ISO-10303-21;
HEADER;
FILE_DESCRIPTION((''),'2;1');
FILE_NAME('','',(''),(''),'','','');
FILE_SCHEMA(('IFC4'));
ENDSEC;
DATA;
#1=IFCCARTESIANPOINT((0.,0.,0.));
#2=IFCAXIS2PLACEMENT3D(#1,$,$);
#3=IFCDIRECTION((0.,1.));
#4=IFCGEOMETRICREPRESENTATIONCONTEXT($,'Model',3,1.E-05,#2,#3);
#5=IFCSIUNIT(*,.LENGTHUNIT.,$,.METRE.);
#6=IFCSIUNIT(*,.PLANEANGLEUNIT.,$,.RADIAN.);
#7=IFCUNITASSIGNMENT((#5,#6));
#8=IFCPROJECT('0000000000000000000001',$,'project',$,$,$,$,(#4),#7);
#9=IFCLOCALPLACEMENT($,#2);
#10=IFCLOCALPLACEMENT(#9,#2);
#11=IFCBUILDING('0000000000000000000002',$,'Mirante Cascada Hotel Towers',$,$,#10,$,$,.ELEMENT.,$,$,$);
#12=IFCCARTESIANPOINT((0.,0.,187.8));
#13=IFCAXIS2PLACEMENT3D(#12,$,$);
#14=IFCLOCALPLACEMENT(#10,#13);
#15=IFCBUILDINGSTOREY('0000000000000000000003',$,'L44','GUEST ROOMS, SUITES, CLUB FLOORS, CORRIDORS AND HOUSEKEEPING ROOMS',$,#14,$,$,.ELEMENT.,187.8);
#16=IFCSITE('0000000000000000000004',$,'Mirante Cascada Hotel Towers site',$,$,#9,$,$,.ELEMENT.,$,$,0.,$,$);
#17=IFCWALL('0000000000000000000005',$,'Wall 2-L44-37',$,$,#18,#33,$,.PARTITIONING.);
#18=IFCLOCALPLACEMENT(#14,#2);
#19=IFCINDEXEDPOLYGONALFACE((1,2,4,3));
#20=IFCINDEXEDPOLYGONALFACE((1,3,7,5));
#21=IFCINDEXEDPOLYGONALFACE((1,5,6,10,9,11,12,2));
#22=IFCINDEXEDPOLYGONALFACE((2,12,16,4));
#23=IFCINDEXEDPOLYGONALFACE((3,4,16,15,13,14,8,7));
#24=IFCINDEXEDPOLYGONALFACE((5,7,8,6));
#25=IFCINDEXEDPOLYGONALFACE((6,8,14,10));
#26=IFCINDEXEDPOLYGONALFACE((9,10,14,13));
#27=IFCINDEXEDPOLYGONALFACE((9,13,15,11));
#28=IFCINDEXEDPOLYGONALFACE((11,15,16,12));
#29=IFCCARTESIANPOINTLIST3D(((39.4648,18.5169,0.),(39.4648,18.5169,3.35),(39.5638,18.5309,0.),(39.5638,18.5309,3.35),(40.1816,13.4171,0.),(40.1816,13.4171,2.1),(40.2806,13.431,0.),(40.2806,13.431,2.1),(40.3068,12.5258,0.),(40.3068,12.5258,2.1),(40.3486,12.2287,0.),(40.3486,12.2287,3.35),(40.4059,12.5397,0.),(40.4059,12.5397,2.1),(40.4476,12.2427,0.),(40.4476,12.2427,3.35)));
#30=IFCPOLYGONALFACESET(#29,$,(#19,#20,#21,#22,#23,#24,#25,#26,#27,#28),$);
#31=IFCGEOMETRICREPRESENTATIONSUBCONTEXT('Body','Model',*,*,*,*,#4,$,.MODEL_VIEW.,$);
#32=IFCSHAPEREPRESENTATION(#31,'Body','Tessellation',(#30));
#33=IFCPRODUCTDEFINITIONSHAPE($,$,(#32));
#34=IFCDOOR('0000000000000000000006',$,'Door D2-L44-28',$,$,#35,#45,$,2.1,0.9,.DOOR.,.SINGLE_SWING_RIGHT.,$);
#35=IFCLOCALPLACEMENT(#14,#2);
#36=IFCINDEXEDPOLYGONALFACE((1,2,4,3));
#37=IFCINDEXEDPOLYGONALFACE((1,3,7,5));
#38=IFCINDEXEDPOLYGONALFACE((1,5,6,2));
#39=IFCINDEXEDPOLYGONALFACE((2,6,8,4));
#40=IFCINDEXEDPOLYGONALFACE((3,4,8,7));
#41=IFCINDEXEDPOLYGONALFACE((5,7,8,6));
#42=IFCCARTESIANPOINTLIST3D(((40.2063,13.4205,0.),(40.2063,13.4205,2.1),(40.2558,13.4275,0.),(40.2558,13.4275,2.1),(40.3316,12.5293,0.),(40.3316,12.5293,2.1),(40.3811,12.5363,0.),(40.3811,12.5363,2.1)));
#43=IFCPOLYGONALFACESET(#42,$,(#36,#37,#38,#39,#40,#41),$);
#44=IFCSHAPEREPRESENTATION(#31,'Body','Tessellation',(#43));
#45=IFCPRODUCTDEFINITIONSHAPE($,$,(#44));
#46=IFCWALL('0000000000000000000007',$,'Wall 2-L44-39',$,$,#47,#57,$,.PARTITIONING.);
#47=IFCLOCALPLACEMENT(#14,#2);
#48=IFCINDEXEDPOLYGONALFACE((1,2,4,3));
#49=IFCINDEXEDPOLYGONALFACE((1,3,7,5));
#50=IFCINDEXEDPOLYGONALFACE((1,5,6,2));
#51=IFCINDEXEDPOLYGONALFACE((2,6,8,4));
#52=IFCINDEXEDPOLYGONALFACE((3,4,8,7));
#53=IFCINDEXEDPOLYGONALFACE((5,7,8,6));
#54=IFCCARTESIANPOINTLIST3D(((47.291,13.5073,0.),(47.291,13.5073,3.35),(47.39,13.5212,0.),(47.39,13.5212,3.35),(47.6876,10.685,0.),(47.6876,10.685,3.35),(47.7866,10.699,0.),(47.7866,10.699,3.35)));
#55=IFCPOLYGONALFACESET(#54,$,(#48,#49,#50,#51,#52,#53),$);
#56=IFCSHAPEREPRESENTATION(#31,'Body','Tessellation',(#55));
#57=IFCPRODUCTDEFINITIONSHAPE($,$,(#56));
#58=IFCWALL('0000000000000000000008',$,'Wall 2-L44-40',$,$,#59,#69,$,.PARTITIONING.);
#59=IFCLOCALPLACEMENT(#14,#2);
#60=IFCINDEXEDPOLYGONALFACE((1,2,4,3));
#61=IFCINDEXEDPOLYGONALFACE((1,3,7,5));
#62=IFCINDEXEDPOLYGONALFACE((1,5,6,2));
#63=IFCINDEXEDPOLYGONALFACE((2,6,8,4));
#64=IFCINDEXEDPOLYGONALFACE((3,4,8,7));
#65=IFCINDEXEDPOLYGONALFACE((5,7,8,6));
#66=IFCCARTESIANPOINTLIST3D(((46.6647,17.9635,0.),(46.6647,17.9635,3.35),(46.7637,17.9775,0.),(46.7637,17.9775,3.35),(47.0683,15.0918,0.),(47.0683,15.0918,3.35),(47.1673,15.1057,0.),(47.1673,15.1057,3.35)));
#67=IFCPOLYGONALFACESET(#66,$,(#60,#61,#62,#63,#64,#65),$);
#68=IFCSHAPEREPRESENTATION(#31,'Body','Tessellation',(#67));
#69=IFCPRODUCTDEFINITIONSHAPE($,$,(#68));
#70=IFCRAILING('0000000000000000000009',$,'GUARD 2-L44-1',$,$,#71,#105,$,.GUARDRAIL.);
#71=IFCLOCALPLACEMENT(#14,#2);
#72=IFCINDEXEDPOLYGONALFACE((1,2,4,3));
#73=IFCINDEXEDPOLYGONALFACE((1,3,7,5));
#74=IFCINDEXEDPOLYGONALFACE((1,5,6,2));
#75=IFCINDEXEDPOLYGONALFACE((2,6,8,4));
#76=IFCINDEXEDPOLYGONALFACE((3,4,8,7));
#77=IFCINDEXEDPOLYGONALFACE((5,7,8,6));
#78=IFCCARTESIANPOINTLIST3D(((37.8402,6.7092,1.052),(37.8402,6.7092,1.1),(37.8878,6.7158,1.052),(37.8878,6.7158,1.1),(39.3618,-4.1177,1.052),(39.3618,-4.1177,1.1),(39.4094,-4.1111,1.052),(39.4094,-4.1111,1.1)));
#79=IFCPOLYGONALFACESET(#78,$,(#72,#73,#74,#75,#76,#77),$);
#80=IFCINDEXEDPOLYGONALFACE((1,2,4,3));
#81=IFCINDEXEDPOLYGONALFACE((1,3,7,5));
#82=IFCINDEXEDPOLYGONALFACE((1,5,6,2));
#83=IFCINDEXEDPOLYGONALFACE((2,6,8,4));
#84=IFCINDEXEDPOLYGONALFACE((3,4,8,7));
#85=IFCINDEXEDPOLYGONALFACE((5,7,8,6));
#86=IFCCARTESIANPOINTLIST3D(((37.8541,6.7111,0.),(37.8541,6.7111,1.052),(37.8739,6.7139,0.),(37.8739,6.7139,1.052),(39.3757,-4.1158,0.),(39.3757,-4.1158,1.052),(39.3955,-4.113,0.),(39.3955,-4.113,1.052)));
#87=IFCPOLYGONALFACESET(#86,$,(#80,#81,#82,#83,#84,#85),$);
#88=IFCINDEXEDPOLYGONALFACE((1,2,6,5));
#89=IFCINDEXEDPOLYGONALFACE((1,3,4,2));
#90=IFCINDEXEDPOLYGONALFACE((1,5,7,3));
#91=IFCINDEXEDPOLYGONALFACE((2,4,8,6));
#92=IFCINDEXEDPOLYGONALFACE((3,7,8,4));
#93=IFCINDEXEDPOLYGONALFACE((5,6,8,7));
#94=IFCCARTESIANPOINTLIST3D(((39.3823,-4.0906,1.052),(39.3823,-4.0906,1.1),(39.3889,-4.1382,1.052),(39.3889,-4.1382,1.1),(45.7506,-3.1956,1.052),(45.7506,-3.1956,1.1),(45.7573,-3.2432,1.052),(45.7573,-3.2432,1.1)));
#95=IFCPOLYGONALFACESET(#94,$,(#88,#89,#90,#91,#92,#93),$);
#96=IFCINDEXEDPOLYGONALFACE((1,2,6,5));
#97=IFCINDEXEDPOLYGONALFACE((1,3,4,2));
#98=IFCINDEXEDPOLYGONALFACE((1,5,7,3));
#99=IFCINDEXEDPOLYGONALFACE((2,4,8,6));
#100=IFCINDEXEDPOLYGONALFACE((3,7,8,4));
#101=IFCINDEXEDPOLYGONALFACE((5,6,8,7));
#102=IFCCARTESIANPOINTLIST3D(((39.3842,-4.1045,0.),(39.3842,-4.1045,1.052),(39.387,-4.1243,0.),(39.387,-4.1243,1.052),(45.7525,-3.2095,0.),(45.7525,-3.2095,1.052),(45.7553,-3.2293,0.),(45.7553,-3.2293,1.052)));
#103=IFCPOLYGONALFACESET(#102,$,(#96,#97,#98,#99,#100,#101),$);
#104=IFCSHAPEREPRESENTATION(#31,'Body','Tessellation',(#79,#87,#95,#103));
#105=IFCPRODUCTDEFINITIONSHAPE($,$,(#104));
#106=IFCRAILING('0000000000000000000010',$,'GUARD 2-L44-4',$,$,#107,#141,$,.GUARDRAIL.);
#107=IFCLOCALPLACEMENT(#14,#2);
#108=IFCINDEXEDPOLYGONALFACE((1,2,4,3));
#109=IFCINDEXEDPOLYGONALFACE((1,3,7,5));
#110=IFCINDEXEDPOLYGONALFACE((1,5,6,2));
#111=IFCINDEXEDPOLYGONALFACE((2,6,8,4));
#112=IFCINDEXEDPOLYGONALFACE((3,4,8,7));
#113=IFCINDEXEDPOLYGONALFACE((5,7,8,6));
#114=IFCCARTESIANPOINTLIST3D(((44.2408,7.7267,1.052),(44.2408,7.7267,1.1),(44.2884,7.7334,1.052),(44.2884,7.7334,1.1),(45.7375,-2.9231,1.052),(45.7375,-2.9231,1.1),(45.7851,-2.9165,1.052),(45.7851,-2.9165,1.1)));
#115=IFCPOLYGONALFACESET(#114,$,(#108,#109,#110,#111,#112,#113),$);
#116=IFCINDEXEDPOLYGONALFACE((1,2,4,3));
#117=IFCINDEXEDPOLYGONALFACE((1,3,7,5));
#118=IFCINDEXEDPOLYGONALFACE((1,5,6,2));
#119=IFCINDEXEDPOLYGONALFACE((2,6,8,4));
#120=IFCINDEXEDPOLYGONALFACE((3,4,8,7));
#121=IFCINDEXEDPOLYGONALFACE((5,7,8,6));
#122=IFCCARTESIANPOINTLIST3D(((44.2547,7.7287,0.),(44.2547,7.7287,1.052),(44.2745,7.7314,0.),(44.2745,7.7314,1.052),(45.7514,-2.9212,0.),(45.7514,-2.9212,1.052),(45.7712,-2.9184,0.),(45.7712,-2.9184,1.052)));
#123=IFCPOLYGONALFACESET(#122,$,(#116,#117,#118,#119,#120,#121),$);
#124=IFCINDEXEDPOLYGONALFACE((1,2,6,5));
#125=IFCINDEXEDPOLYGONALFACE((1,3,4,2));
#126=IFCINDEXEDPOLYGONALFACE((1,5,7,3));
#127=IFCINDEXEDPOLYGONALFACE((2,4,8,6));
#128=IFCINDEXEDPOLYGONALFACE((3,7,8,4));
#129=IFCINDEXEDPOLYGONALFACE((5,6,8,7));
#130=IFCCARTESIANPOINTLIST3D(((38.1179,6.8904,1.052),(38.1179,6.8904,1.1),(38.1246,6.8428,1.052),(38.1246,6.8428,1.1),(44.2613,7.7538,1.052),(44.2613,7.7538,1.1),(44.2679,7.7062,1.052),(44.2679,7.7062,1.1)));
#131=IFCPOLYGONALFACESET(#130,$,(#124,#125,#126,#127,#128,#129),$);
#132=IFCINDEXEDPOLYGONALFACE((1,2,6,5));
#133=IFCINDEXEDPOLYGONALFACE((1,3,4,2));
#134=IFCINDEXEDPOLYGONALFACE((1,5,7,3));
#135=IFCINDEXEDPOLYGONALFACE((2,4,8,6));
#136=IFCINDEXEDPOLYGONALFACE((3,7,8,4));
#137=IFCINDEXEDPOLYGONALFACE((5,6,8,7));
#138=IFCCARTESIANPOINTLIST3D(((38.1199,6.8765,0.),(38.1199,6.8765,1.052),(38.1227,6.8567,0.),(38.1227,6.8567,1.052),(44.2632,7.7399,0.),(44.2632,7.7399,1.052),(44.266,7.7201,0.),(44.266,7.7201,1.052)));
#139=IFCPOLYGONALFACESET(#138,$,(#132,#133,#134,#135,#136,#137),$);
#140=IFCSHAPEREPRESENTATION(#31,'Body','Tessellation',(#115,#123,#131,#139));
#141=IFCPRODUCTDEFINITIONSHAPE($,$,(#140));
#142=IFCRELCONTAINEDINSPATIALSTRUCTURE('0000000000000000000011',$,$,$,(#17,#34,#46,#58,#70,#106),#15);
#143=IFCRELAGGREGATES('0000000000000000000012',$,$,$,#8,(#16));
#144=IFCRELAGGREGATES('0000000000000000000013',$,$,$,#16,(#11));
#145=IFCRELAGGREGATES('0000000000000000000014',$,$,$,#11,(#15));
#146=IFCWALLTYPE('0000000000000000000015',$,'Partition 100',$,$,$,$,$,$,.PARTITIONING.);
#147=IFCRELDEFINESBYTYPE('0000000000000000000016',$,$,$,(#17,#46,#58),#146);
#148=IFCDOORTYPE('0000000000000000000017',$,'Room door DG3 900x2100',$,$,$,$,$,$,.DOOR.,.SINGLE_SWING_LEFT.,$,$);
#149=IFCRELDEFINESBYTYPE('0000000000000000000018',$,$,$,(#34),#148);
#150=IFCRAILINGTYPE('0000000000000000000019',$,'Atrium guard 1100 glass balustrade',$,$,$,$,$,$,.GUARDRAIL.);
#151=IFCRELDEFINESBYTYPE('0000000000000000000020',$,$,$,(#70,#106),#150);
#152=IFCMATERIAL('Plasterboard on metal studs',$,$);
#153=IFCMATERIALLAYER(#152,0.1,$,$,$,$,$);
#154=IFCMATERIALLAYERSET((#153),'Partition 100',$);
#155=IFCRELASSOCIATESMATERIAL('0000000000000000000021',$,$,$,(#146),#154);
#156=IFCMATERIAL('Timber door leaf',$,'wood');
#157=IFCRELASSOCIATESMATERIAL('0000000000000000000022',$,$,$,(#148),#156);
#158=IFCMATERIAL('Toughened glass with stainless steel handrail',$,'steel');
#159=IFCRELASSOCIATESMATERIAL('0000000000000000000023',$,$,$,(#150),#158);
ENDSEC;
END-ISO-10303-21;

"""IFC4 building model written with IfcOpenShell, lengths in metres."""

from ifc_helpers import new_model, si_unit, direction, frame, frame_2d, origin, origin_2d, place, context, subcontext, project, spatial, rectangle, extrude, material, layer, layer_set, type_object, element, fill, save


model = new_model("IFC4")

# Units and contexts
model_context = context("Model", 3, precision=1e-05, world=origin(), true_north=direction((0.0, 1.0)))
body_context = subcontext(model_context, "Body", "Model", "MODEL_VIEW")
ifc_project = project(units=[si_unit("LENGTHUNIT", "METRE"), si_unit("PLANEANGLEUNIT", "RADIAN")], contexts=[model_context])

# Site, building, storey
site_placement = place(None, origin())
site = spatial("IfcSite", under=ifc_project, at=site_placement, Name="Mirante Cascada Hotel Towers site", CompositionType="ELEMENT", RefElevation=0.0)
building_placement = place(site_placement, origin())
building = spatial("IfcBuilding", under=site, at=building_placement, Name="Mirante Cascada Hotel Towers", CompositionType="ELEMENT")
storey_placement = place(building_placement, frame((0.0, 0.0, 187.8)))
storey = spatial("IfcBuildingStorey", under=building, at=storey_placement, Name="L44", Description="GUEST ROOMS, SUITES, CLUB FLOORS, CORRIDORS AND HOUSEKEEPING ROOMS", CompositionType="ELEMENT", Elevation=187.8)

# Shared definitions
ifc_material_1 = material(Name="Plasterboard on metal studs")
ifc_layer_1 = layer(ifc_material_1, 0.1)
ifc_layer_set_1 = layer_set([ifc_layer_1], Name="Partition 100")
wall_type_1 = type_object("IfcWallType", Name="Partition 100", PredefinedType="PARTITIONING", material=ifc_layer_set_1)

# Shared definitions
ifc_material_2 = material(Name="Timber door leaf", Category="wood")
door_type_1 = type_object("IfcDoorType", Name="Room door DG3 900x2100", OperationType="SINGLE_SWING_LEFT", PredefinedType="DOOR", material=ifc_material_2)

# Wall, opening, door
wall_1_placement = place(storey_placement, frame((40.3981, 12.2357, 0.0), z_axis=(0.0, 0.0, 1.0), x_axis=(-0.139181, 0.990267, 0.0)))
wall_1 = element("IfcWall", 1, at=wall_1_placement, inside=storey, type_object=wall_type_1, Name="Wall 2-L44-37", PredefinedType="PARTITIONING", context=body_context, shape_type="SweptSolid", body=[
    extrude(rectangle(XDim=6.35, YDim=0.1, at=frame_2d((3.175, 0.0))), origin(), (0.0, 0.0, 1.0), 3.35),
])
opening_1_placement = place(wall_1_placement, frame((0.3, 0.0, 0.0)))
opening_1 = element("IfcOpeningElement", 2, at=opening_1_placement, cuts=wall_1, PredefinedType="OPENING", context=body_context, shape_type="SweptSolid", body=[
    extrude(rectangle(XDim=0.9, YDim=2.1, at=frame_2d((0.45, 1.05))), frame((0.0, 0.05, 0.0), z_axis=(0.0, -1.0, 0.0), x_axis=(1.0, 0.0, 0.0)), (0.0, 0.0, 1.0), 0.1),
])
door_1_placement = place(opening_1_placement, frame((0.9, 0.0, 0.0), z_axis=(0.0, 0.0, 1.0), x_axis=(-1.0, 0.0, 0.0)))
door_1 = element("IfcDoor", 3, at=door_1_placement, inside=storey, type_object=door_type_1, Name="Door D2-L44-28", OperationType="SINGLE_SWING_RIGHT", OverallHeight=2.1, OverallWidth=0.9, PredefinedType="DOOR", context=body_context, shape_type="SweptSolid", body=[
    extrude(rectangle(XDim=0.9, YDim=2.1, at=frame_2d((0.45, 1.05))), frame((0.0, 0.025, 0.0), z_axis=(0.0, -1.0, 0.0), x_axis=(1.0, 0.0, 0.0)), (0.0, 0.0, 1.0), 0.05),
])
fill(opening_1, door_1)

# Walls
wall_2_placement = place(storey_placement, frame((47.7371, 10.692, 0.0), z_axis=(0.0, 0.0, 1.0), x_axis=(-0.139156, 0.99027, 0.0)))
element("IfcWall", 4, at=wall_2_placement, inside=storey, type_object=wall_type_1, Name="Wall 2-L44-39", PredefinedType="PARTITIONING", context=body_context, shape_type="SweptSolid", body=[
    extrude(rectangle(XDim=2.85, YDim=0.1, at=frame_2d((1.425, 0.0))), origin(), (0.0, 0.0, 1.0), 3.35),
])
wall_3_placement = place(storey_placement, frame((46.7142, 17.9705, 0.0), z_axis=(0.0, 0.0, 1.0), x_axis=(0.139171, -0.990268, 0.0)))
element("IfcWall", 5, at=wall_3_placement, inside=storey, type_object=wall_type_1, Name="Wall 2-L44-40", PredefinedType="PARTITIONING", context=body_context, shape_type="SweptSolid", body=[
    extrude(rectangle(XDim=2.9, YDim=0.1, at=frame_2d((1.45, 0.0))), origin(), (0.0, 0.0, 1.0), 3.35),
])

# Railings
ifc_material_3 = material(Name="Toughened glass with stainless steel handrail", Category="steel")
railing_type = type_object("IfcRailingType", Name="Atrium guard 1100 glass balustrade", PredefinedType="GUARDRAIL", material=ifc_material_3)
railing_1_placement = place(storey_placement, frame((37.864, 6.7125, 0.0)))
element("IfcRailing", 6, at=railing_1_placement, inside=storey, type_object=railing_type, Name="GUARD 2-L44-1", PredefinedType="GUARDRAIL", context=body_context, shape_type="SweptSolid", body=[
    extrude(rectangle(XDim=0.048, YDim=0.048, at=origin_2d()), frame((0.0, 0.0, 1.076), z_axis=(0.139171, -0.990268, 0.0), x_axis=(0.990268, 0.139171, 0.0)), (0.0, 0.0, 1.0), 10.9333),
    extrude(rectangle(XDim=0.02, YDim=1.052, at=origin_2d()), frame((0.0, 0.0, 0.526), z_axis=(0.139171, -0.990268, 0.0), x_axis=(0.990268, 0.139171, 0.0)), (0.0, 0.0, 1.0), 10.9333),
    extrude(rectangle(XDim=0.048, YDim=0.048, at=origin_2d()), frame((1.5216, -10.8269, 1.076), z_axis=(0.990268, 0.139172, 0.0), x_axis=(-0.139172, 0.990268, 0.0)), (0.0, 0.0, 1.0), 6.4309),
    extrude(rectangle(XDim=0.02, YDim=1.052, at=origin_2d()), frame((1.5216, -10.8269, 0.526), z_axis=(0.990268, 0.139172, 0.0), x_axis=(-0.139172, 0.990268, 0.0)), (0.0, 0.0, 1.0), 6.4309),
])
railing_2_placement = place(storey_placement, frame((45.7613, -2.9198, 0.0)))
element("IfcRailing", 7, at=railing_2_placement, inside=storey, type_object=railing_type, Name="GUARD 2-L44-4", PredefinedType="GUARDRAIL", context=body_context, shape_type="SweptSolid", body=[
    extrude(rectangle(XDim=0.048, YDim=0.048, at=origin_2d()), frame((0.0, 0.0, 1.076), z_axis=(-0.13917, 0.990268, 0.0), x_axis=(-0.990268, -0.13917, 0.0)), (0.0, 0.0, 1.0), 10.7545),
    extrude(rectangle(XDim=0.02, YDim=1.052, at=origin_2d()), frame((0.0, 0.0, 0.526), z_axis=(-0.13917, 0.990268, 0.0), x_axis=(-0.990268, -0.13917, 0.0)), (0.0, 0.0, 1.0), 10.7545),
    extrude(rectangle(XDim=0.048, YDim=0.048, at=origin_2d()), frame((-1.4967, 10.6498, 1.076), z_axis=(-0.990268, -0.139176, 0.0), x_axis=(0.139176, -0.990268, 0.0)), (0.0, 0.0, 1.0), 6.2037),
    extrude(rectangle(XDim=0.02, YDim=1.052, at=origin_2d()), frame((-1.4967, 10.6498, 0.526), z_axis=(-0.990268, -0.139176, 0.0), x_axis=(0.139176, -0.990268, 0.0)), (0.0, 0.0, 1.0), 6.2037),
])

save(model, "model.ifc")
